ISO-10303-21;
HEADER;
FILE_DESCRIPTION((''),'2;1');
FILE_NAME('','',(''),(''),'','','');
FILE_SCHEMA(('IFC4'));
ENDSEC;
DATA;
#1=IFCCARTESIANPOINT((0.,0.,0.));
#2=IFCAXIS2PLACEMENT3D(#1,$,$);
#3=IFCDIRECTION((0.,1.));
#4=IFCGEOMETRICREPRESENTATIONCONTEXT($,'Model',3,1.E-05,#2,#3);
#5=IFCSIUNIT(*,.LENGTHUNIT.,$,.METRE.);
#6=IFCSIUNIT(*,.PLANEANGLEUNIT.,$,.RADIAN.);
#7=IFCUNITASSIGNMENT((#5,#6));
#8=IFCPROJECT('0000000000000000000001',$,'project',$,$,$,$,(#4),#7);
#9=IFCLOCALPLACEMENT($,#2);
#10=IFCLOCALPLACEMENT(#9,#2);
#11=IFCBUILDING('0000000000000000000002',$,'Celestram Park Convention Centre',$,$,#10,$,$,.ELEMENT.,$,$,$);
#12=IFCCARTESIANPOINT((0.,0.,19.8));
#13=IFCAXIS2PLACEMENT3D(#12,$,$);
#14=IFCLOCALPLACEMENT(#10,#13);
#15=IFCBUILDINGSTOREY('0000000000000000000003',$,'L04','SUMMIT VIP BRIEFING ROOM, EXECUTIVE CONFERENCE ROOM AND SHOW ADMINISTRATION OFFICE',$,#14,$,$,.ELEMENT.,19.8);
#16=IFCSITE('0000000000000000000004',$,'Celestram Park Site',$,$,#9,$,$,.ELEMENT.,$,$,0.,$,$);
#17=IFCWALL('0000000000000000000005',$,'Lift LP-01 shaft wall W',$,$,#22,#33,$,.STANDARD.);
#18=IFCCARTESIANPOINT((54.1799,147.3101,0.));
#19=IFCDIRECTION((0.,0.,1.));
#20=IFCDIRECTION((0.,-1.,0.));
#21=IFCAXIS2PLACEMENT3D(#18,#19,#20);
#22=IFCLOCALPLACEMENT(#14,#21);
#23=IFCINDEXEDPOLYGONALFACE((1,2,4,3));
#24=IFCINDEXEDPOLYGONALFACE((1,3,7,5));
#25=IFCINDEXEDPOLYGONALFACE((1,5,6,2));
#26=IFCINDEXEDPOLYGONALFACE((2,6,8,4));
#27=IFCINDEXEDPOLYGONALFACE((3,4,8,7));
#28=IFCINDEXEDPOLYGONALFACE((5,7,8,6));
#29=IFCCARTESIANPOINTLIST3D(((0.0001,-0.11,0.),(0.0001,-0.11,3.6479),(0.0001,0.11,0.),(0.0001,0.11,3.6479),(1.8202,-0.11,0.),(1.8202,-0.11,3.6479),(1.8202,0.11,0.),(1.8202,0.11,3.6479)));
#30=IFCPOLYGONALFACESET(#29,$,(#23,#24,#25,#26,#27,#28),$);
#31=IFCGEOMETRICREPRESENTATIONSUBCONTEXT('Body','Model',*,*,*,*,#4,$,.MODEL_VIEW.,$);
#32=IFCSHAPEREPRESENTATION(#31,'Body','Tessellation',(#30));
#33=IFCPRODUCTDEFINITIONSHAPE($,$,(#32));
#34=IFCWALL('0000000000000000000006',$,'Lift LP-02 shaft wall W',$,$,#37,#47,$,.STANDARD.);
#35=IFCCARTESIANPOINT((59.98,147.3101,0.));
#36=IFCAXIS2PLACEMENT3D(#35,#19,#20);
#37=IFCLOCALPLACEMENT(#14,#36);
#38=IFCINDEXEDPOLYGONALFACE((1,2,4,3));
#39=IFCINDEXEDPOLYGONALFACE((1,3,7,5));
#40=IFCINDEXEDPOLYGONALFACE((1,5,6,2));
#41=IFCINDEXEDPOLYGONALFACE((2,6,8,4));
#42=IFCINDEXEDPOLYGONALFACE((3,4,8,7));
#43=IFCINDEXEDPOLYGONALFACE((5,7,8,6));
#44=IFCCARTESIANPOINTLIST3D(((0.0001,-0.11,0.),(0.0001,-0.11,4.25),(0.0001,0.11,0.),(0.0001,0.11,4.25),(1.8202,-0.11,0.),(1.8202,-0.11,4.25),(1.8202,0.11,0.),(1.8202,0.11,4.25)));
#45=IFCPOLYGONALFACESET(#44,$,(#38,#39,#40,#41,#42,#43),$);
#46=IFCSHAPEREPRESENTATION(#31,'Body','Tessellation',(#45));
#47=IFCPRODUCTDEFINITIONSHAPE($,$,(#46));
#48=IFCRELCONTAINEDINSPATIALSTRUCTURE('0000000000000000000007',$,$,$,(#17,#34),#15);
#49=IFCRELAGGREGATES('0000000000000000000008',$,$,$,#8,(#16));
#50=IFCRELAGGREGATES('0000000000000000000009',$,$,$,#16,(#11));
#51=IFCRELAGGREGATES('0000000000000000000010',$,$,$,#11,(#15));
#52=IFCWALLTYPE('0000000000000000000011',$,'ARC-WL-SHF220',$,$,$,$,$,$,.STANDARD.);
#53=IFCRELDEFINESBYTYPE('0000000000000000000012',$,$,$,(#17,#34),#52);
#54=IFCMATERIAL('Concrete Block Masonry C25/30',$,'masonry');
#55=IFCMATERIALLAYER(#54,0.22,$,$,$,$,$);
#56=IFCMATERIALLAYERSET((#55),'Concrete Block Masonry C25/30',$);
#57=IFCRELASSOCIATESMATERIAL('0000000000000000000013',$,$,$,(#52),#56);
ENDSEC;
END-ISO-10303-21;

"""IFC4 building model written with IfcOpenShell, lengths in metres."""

from ifc_helpers import new_model, si_unit, direction, frame, frame_2d, origin, place, context, subcontext, project, spatial, rectangle, extrude, material, layer, layer_set, type_object, element, save


model = new_model("IFC4")

# Units and contexts
model_context = context("Model", 3, precision=1e-05, world=origin(), true_north=direction((0.0, 1.0)))
body_context = subcontext(model_context, "Body", "Model", "MODEL_VIEW")
ifc_project = project(units=[si_unit("LENGTHUNIT", "METRE"), si_unit("PLANEANGLEUNIT", "RADIAN")], contexts=[model_context])

# Site, building, storey
site_placement = place(None, origin())
site = spatial("IfcSite", under=ifc_project, at=site_placement, Name="Celestram Park Site", CompositionType="ELEMENT", RefElevation=0.0)
building_placement = place(site_placement, origin())
building = spatial("IfcBuilding", under=site, at=building_placement, Name="Celestram Park Convention Centre", CompositionType="ELEMENT")
storey_placement = place(building_placement, frame((0.0, 0.0, 19.8)))
storey = spatial("IfcBuildingStorey", under=building, at=storey_placement, Name="L04", Description="SUMMIT VIP BRIEFING ROOM, EXECUTIVE CONFERENCE ROOM AND SHOW ADMINISTRATION OFFICE", CompositionType="ELEMENT", Elevation=19.8)

# Shared definitions
ifc_material_1 = material(Name="Concrete Block Masonry C25/30", Category="masonry")

# Walls
ifc_layer_1 = layer(ifc_material_1, 0.22)
ifc_layer_set_1 = layer_set([ifc_layer_1], Name="Concrete Block Masonry C25/30")
wall_type_1 = type_object("IfcWallType", Name="ARC-WL-SHF220", PredefinedType="STANDARD", material=ifc_layer_set_1)
wall_1_placement = place(storey_placement, frame((54.1799, 147.3101, 0.0), z_axis=(0.0, 0.0, 1.0), x_axis=(0.0, -1.0, 0.0)))
element("IfcWall", 1, at=wall_1_placement, inside=storey, type_object=wall_type_1, Name="Lift LP-01 shaft wall W", PredefinedType="STANDARD", context=body_context, shape_type="SweptSolid", body=[
    extrude(rectangle(XDim=1.8201, YDim=0.22, at=frame_2d((0.9102, 0.0))), origin(), (0.0, 0.0, 1.0), 3.6479),
])
wall_2_placement = place(storey_placement, frame((59.98, 147.3101, 0.0), z_axis=(0.0, 0.0, 1.0), x_axis=(0.0, -1.0, 0.0)))
element("IfcWall", 2, at=wall_2_placement, inside=storey, type_object=wall_type_1, Name="Lift LP-02 shaft wall W", PredefinedType="STANDARD", context=body_context, shape_type="SweptSolid", body=[
    extrude(rectangle(XDim=1.8201, YDim=0.22, at=frame_2d((0.9102, 0.0))), origin(), (0.0, 0.0, 1.0), 4.25),
])

save(model, "model.ifc")
